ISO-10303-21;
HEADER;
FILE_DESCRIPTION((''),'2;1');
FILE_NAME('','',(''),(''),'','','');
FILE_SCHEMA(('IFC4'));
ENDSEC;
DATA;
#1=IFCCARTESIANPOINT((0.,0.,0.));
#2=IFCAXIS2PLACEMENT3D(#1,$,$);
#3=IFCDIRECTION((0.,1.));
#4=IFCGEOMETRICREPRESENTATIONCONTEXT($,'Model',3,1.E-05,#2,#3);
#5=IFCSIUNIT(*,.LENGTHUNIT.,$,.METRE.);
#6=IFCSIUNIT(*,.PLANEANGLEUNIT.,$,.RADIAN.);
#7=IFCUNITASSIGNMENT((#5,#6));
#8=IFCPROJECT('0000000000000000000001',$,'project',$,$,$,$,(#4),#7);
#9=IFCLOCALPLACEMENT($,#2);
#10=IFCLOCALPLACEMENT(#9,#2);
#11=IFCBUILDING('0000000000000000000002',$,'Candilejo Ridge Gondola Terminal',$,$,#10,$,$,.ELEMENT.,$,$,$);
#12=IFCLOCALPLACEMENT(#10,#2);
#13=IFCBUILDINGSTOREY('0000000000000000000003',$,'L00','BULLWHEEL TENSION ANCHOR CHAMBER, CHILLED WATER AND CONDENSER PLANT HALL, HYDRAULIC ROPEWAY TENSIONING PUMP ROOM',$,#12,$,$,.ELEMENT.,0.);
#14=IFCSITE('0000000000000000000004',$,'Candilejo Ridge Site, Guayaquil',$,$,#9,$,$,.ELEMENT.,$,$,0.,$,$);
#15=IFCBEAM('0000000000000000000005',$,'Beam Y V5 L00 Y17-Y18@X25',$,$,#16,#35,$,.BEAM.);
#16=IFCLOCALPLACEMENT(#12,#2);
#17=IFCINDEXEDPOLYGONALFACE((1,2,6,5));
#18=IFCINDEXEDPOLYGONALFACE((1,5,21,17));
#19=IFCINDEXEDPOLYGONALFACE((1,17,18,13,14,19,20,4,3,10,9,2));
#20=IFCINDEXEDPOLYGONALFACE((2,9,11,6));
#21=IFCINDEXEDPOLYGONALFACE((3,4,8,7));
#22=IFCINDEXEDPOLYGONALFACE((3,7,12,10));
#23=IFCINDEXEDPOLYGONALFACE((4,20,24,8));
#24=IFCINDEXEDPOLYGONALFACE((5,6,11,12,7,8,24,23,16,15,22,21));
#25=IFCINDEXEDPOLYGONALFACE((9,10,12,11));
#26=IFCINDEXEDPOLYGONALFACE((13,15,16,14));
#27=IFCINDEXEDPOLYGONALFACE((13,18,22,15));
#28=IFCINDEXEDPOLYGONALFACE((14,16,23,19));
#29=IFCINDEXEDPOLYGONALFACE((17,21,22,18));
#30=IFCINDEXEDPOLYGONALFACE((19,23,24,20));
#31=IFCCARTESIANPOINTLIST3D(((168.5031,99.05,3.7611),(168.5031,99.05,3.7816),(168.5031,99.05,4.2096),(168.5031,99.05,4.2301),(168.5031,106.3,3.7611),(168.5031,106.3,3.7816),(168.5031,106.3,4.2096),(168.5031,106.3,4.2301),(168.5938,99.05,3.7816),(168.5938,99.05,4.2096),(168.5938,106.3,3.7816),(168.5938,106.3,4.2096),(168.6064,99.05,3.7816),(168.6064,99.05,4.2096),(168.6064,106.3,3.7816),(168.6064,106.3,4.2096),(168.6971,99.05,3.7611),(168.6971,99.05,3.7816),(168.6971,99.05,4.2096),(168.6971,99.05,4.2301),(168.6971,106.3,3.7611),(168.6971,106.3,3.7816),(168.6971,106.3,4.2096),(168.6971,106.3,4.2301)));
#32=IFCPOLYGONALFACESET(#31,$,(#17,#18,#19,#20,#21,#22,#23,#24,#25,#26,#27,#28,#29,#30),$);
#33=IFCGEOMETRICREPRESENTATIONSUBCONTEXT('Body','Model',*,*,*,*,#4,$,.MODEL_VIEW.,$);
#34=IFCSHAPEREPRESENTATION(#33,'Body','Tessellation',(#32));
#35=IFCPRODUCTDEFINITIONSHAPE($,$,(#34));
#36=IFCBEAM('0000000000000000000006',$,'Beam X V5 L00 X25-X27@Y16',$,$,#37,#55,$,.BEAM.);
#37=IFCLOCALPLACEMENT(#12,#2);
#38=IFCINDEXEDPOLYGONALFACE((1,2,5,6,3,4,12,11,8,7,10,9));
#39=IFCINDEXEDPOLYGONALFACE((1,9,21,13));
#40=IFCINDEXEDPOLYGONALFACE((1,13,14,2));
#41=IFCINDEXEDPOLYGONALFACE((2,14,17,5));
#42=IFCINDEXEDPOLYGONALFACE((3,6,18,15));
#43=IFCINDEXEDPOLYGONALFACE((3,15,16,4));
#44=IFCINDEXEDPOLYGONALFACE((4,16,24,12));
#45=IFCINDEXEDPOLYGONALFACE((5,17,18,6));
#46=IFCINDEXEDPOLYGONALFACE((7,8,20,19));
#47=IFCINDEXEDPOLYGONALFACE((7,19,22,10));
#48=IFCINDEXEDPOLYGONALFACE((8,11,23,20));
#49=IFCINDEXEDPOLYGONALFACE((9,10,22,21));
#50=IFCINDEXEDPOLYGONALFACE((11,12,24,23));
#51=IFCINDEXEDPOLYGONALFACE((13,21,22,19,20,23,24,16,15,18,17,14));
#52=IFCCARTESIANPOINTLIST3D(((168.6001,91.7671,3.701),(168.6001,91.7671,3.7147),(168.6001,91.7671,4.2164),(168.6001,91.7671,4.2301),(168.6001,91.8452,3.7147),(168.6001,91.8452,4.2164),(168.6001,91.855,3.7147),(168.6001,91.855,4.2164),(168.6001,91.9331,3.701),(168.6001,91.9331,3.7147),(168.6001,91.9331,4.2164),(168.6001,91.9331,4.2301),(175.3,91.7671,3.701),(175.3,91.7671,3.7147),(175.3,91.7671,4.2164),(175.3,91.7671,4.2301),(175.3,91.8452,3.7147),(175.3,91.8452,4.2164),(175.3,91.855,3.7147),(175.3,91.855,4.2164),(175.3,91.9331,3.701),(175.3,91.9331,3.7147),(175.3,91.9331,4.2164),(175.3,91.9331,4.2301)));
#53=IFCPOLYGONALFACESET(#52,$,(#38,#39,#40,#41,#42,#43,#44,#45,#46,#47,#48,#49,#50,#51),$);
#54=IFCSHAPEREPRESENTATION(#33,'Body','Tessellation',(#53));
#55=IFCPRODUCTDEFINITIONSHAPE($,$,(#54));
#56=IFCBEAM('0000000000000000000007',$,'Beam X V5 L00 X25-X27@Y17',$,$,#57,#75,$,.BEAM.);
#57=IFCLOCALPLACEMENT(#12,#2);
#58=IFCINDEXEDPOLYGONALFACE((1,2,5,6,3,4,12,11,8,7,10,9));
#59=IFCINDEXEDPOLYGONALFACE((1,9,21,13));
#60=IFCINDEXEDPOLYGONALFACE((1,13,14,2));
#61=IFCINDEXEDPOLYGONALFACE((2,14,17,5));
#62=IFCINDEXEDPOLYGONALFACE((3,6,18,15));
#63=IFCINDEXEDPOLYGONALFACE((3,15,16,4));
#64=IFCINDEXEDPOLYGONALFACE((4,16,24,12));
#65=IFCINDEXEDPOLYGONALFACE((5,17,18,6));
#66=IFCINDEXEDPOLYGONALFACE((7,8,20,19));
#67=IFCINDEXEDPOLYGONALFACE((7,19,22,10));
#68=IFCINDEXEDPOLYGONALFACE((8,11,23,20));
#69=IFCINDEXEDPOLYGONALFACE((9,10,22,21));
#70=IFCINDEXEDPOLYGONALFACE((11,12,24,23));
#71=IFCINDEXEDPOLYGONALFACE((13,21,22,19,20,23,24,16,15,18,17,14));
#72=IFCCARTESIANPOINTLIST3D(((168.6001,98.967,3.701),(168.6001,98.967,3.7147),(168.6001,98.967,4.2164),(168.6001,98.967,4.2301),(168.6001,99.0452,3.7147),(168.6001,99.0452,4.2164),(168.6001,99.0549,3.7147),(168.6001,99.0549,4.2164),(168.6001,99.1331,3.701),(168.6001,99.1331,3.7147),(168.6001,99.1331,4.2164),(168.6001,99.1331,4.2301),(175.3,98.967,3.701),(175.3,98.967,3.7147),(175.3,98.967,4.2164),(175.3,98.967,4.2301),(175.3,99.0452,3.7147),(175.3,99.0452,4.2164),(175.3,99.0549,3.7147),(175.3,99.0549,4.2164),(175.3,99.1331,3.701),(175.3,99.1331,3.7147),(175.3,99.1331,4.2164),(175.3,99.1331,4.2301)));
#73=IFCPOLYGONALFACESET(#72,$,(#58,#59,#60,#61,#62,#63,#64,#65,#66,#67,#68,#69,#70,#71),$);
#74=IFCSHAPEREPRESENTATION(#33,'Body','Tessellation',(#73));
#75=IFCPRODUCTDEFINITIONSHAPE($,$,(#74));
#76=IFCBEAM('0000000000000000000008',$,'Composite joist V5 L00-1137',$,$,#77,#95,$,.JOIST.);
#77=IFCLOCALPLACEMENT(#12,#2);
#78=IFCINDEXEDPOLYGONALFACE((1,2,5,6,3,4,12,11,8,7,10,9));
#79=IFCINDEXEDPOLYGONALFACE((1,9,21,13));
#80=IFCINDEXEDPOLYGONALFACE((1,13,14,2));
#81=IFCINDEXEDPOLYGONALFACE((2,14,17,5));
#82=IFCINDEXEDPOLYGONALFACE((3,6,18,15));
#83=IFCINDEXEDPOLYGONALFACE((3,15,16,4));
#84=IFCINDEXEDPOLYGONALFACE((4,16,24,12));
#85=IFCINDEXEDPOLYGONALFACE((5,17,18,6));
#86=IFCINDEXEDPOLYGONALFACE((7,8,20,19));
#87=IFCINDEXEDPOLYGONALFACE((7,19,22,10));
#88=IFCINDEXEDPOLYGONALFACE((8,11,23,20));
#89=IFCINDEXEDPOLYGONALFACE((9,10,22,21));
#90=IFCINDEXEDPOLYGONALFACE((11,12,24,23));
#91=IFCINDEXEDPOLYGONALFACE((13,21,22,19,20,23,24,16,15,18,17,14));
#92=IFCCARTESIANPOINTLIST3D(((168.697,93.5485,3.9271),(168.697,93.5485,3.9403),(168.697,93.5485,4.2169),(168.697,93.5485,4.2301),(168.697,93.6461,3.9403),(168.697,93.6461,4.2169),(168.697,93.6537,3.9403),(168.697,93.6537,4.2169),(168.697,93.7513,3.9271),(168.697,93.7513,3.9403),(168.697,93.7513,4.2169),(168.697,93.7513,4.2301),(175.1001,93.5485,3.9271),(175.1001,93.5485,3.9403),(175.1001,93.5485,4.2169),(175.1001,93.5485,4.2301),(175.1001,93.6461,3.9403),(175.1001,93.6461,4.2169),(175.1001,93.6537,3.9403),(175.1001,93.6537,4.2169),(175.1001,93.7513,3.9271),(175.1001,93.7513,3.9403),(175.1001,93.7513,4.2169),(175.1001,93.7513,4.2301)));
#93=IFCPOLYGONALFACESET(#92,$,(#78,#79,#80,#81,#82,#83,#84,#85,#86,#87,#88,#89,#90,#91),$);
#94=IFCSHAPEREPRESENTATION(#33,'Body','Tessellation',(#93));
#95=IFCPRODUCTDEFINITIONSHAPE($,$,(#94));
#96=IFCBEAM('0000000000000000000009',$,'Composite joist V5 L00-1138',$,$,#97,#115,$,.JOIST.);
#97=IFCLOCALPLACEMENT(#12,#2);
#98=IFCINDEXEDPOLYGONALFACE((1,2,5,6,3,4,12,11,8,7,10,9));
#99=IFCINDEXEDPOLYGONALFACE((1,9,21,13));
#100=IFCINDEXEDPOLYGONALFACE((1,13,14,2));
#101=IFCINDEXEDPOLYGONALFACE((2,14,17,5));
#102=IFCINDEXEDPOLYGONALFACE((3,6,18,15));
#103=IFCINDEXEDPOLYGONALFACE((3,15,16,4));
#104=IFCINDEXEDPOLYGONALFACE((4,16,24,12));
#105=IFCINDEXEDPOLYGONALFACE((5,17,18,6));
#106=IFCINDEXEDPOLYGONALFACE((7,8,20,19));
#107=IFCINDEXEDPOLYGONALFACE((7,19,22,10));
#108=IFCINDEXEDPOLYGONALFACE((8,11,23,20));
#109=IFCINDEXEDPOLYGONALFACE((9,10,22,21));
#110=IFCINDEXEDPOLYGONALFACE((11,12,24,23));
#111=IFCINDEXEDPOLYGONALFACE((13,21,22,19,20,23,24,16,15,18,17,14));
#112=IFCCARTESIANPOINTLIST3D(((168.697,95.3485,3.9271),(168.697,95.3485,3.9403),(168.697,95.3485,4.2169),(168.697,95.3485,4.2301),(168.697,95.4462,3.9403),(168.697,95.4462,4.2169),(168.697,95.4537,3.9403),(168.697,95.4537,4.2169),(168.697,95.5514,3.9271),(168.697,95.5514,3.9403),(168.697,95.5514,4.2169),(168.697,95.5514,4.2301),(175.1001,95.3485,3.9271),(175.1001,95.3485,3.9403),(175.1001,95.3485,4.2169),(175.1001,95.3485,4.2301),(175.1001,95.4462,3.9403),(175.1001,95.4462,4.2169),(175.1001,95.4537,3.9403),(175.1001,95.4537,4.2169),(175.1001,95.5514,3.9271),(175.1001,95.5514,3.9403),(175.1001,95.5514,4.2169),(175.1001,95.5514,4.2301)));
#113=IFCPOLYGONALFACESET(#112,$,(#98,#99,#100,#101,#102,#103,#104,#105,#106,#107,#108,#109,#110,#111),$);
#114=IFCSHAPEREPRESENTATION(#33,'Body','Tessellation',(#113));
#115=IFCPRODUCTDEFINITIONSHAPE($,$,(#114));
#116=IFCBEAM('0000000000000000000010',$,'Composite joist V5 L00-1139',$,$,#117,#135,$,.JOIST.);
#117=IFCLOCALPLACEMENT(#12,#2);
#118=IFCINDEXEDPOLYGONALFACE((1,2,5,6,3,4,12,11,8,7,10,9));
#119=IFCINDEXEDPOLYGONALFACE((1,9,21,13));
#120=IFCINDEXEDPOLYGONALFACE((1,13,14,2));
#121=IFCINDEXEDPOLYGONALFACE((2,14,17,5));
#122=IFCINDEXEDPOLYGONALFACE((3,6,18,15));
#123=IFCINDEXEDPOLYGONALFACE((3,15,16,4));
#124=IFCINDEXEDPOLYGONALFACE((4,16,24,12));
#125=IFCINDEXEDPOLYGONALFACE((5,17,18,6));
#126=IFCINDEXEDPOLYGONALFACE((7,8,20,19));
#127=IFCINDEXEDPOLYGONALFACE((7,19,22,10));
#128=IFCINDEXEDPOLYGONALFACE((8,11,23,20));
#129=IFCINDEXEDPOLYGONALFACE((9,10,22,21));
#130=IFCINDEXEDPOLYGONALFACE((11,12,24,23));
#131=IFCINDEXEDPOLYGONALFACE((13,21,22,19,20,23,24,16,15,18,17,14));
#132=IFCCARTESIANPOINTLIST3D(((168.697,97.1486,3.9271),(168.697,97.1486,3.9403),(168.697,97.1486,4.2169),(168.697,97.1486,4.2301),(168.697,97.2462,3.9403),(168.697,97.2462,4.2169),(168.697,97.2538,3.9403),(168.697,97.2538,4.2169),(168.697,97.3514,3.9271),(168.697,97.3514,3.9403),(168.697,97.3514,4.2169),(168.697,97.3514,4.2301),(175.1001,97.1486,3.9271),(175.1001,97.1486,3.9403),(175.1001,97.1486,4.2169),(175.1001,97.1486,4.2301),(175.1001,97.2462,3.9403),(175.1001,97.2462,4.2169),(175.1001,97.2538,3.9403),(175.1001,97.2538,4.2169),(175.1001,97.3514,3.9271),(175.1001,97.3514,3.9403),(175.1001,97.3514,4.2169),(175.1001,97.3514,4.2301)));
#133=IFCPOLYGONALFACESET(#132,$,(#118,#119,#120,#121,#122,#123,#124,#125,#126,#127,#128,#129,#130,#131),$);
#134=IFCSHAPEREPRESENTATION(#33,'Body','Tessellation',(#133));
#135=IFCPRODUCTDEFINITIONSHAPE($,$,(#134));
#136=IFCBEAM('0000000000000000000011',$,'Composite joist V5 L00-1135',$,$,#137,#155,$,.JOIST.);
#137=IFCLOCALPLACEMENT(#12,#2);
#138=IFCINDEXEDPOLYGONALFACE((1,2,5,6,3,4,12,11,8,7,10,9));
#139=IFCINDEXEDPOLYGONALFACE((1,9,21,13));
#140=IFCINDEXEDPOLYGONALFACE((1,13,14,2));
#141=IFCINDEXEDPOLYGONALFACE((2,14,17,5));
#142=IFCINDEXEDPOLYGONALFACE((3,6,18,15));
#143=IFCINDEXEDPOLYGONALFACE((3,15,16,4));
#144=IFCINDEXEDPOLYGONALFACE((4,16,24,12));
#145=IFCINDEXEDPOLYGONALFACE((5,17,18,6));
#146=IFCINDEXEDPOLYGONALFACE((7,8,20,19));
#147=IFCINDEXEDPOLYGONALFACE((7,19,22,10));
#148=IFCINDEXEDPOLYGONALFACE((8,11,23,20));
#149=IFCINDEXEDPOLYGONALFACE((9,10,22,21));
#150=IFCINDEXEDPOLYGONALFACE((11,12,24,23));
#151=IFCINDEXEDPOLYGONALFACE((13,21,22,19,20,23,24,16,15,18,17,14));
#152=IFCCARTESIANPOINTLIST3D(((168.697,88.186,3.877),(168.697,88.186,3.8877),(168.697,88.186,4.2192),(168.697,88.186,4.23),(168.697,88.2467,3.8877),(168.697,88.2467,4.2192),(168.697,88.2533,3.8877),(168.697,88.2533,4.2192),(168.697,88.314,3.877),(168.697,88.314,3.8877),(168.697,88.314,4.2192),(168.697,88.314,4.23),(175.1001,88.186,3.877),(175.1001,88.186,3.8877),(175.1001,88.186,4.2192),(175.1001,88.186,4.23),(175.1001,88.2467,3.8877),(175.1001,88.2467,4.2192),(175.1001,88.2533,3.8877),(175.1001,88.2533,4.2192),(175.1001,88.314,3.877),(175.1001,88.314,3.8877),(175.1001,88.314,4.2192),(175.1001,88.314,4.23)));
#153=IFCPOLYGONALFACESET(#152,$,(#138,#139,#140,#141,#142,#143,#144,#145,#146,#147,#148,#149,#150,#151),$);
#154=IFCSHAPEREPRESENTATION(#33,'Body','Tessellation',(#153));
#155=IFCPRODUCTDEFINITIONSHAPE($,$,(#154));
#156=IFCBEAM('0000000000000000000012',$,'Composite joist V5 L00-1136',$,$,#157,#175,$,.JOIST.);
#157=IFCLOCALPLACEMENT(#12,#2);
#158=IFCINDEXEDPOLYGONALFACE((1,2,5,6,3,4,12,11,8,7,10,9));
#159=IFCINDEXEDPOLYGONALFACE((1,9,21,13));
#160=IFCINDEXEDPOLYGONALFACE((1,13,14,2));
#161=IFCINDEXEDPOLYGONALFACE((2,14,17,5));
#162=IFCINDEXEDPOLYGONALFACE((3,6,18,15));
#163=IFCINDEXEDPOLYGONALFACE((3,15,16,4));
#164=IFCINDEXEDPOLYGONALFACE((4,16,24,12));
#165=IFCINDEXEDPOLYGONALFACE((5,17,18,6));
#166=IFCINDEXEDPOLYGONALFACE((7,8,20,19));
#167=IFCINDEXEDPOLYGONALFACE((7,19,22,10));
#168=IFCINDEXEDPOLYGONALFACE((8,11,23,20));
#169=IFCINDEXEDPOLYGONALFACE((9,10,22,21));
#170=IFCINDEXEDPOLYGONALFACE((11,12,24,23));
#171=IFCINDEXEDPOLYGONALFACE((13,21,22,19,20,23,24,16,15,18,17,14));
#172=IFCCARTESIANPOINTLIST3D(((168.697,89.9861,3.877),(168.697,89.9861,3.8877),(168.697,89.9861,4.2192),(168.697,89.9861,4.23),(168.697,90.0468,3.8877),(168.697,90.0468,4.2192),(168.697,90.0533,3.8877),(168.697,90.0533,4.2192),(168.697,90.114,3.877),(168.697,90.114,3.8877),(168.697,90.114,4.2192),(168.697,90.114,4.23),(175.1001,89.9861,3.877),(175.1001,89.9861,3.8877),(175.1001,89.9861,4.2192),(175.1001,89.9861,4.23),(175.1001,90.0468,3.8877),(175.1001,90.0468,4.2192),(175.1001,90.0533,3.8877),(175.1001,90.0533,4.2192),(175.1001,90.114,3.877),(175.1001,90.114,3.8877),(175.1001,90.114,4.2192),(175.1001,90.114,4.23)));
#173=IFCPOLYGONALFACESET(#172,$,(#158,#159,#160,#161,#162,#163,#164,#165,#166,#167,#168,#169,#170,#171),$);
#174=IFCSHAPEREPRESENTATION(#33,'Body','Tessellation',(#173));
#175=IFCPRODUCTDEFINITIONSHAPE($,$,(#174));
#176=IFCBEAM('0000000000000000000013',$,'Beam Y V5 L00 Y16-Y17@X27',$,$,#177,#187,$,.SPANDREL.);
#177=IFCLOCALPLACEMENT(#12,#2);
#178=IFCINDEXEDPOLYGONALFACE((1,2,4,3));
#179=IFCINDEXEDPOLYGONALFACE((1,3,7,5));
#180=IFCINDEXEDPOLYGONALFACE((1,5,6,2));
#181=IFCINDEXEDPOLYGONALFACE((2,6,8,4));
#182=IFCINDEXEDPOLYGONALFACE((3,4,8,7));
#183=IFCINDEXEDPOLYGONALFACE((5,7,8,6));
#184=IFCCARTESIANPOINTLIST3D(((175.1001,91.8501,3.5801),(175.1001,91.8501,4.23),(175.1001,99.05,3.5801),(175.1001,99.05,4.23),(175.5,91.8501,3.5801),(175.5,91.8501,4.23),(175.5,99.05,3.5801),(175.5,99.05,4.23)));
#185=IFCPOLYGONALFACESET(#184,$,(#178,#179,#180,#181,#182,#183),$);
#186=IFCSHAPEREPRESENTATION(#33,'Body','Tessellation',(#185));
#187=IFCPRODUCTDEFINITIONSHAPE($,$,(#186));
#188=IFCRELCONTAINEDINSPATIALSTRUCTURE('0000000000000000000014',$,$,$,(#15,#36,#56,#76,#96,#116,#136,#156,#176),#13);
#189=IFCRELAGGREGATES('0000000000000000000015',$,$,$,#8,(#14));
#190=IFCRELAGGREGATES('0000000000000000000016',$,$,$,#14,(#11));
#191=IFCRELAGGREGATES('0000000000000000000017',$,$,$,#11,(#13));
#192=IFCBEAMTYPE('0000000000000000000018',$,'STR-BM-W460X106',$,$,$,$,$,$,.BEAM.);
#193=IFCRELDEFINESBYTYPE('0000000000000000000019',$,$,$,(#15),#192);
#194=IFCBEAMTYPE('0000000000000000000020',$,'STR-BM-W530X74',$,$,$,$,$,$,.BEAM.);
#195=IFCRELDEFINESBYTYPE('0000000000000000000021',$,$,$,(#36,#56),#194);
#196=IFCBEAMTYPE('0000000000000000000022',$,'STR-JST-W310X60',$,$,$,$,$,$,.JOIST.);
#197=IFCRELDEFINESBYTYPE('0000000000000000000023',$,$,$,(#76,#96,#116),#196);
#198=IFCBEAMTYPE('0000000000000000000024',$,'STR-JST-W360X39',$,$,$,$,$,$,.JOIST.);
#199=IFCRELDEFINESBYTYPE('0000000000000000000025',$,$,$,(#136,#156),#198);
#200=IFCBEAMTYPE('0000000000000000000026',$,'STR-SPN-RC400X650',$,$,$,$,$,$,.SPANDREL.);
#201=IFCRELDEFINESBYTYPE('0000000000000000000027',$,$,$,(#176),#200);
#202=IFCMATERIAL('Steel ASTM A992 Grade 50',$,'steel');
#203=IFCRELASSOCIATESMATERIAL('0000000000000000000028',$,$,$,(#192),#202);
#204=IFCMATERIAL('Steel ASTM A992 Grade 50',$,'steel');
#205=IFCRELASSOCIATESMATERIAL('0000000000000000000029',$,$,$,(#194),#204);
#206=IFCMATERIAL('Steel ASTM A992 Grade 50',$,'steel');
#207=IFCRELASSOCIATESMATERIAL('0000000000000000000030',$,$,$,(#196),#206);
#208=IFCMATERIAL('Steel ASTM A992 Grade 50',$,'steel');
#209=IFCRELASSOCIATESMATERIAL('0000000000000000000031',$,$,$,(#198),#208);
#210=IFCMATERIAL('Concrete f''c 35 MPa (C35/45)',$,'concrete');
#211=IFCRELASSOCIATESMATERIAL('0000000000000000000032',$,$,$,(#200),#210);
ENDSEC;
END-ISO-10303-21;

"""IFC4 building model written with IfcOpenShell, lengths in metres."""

from ifc_helpers import new_model, si_unit, direction, frame, origin, origin_2d, place, context, subcontext, project, spatial, rectangle, i_section, extrude, material, material_profile, profile_set, type_object, element, save


model = new_model("IFC4")

# Units and contexts
model_context = context("Model", 3, precision=1e-05, world=origin(), true_north=direction((0.0, 1.0)))
body_context = subcontext(model_context, "Body", "Model", "MODEL_VIEW")
ifc_project = project(units=[si_unit("LENGTHUNIT", "METRE"), si_unit("PLANEANGLEUNIT", "RADIAN")], contexts=[model_context])

# Site, building, storey
site_placement = place(None, origin())
site = spatial("IfcSite", under=ifc_project, at=site_placement, Name="Candilejo Ridge Site, Guayaquil", CompositionType="ELEMENT", RefElevation=0.0)
building_placement = place(site_placement, origin())
building = spatial("IfcBuilding", under=site, at=building_placement, Name="Candilejo Ridge Gondola Terminal", CompositionType="ELEMENT")
storey_placement = place(building_placement, origin())
storey = spatial("IfcBuildingStorey", under=building, at=storey_placement, Name="L00", Description="BULLWHEEL TENSION ANCHOR CHAMBER, CHILLED WATER AND CONDENSER PLANT HALL, HYDRAULIC ROPEWAY TENSIONING PUMP ROOM", CompositionType="ELEMENT", Elevation=0.0)

# Beams
ifc_material_1 = material(Name="Steel ASTM A992 Grade 50", Category="steel")
ifc_material_profile_1 = material_profile(ifc_material_1, i_section(OverallWidth=0.1941, OverallDepth=0.469, WebThickness=0.0127, FlangeThickness=0.0205, at=origin_2d()))
ifc_profile_set_1 = profile_set([ifc_material_profile_1], Name="Steel ASTM A992 Grade 50")
beam_type_1 = type_object("IfcBeamType", Name="STR-BM-W460X106", PredefinedType="BEAM", material=ifc_profile_set_1)
beam_1_placement = place(storey_placement, frame((168.6001, 99.05, 3.9956), z_axis=(0.0, 1.0, 0.0), x_axis=(-1.0, 0.0, 0.0)))
element("IfcBeam", 1, at=beam_1_placement, inside=storey, type_object=beam_type_1, Name="Beam Y V5 L00 Y17-Y18@X25", PredefinedType="BEAM", context=body_context, shape_type="SweptSolid", body=[
    extrude(i_section(OverallWidth=0.1941, OverallDepth=0.469, WebThickness=0.0127, FlangeThickness=0.0205, at=origin_2d()), origin(), (0.0, 0.0, 1.0), 7.25),
])
ifc_material_2 = material(Name="Steel ASTM A992 Grade 50", Category="steel")
ifc_material_profile_2 = material_profile(ifc_material_2, i_section(OverallWidth=0.166, OverallDepth=0.5291, WebThickness=0.0098, FlangeThickness=0.0137, at=origin_2d()))
ifc_profile_set_2 = profile_set([ifc_material_profile_2], Name="Steel ASTM A992 Grade 50")
beam_type_2 = type_object("IfcBeamType", Name="STR-BM-W530X74", PredefinedType="BEAM", material=ifc_profile_set_2)
for number, where, z_axis, x_axis, name in (
    (2, (168.6001, 91.8501, 3.9656), (1.0, 0.0, 0.0), (0.0, 1.0, 0.0), "Beam X V5 L00 X25-X27@Y16"),
    (3, (168.6001, 99.05, 3.9656), (1.0, 0.0, 0.0), (0.0, 1.0, 0.0), "Beam X V5 L00 X25-X27@Y17"),
):
    element("IfcBeam", number, at=place(storey_placement, frame(where, z_axis=z_axis, x_axis=x_axis)), inside=storey, type_object=beam_type_2, Name=name, PredefinedType="BEAM", context=body_context, shape_type="SweptSolid", body=[
        extrude(i_section(OverallWidth=0.166, OverallDepth=0.5291, WebThickness=0.0098, FlangeThickness=0.0137, at=origin_2d()), origin(), (0.0, 0.0, 1.0), 6.7),
    ])
ifc_material_3 = material(Name="Steel ASTM A992 Grade 50", Category="steel")
ifc_material_profile_3 = material_profile(ifc_material_3, i_section(OverallWidth=0.2029, OverallDepth=0.303, WebThickness=0.0076, FlangeThickness=0.0132, at=origin_2d()))
ifc_profile_set_3 = profile_set([ifc_material_profile_3], Name="Steel ASTM A992 Grade 50")
beam_type_3 = type_object("IfcBeamType", Name="STR-JST-W310X60", PredefinedType="JOIST", material=ifc_profile_set_3)
for number, where, z_axis, x_axis, name in (
    (4, (168.697, 93.6499, 4.0786), (1.0, 0.0, 0.0), (0.0, 1.0, 0.0), "Composite joist V5 L00-1137"),
    (5, (168.697, 95.45, 4.0786), (1.0, 0.0, 0.0), (0.0, 1.0, 0.0), "Composite joist V5 L00-1138"),
    (6, (168.697, 97.25, 4.0786), (1.0, 0.0, 0.0), (0.0, 1.0, 0.0), "Composite joist V5 L00-1139"),
):
    element("IfcBeam", number, at=place(storey_placement, frame(where, z_axis=z_axis, x_axis=x_axis)), inside=storey, type_object=beam_type_3, Name=name, PredefinedType="JOIST", context=body_context, shape_type="SweptSolid", body=[
        extrude(i_section(OverallWidth=0.2029, OverallDepth=0.303, WebThickness=0.0076, FlangeThickness=0.0132, at=origin_2d()), origin(), (0.0, 0.0, 1.0), 6.4031),
    ])
ifc_material_4 = material(Name="Steel ASTM A992 Grade 50", Category="steel")
ifc_material_profile_4 = material_profile(ifc_material_4, i_section(OverallWidth=0.1279, OverallDepth=0.353, WebThickness=0.0066, FlangeThickness=0.0107, at=origin_2d()))
ifc_profile_set_4 = profile_set([ifc_material_profile_4], Name="Steel ASTM A992 Grade 50")
beam_type_4 = type_object("IfcBeamType", Name="STR-JST-W360X39", PredefinedType="JOIST", material=ifc_profile_set_4)
for number, where, z_axis, x_axis, name in (
    (7, (168.697, 88.25, 4.0535), (1.0, 0.0, 0.0), (0.0, 1.0, 0.0), "Composite joist V5 L00-1135"),
    (8, (168.697, 90.05, 4.0535), (1.0, 0.0, 0.0), (0.0, 1.0, 0.0), "Composite joist V5 L00-1136"),
):
    element("IfcBeam", number, at=place(storey_placement, frame(where, z_axis=z_axis, x_axis=x_axis)), inside=storey, type_object=beam_type_4, Name=name, PredefinedType="JOIST", context=body_context, shape_type="SweptSolid", body=[
        extrude(i_section(OverallWidth=0.1279, OverallDepth=0.353, WebThickness=0.0066, FlangeThickness=0.0107, at=origin_2d()), origin(), (0.0, 0.0, 1.0), 6.4031),
    ])
ifc_material_5 = material(Name="Concrete f'c 35 MPa (C35/45)", Category="concrete")
ifc_material_profile_5 = material_profile(ifc_material_5, rectangle(XDim=0.3999, YDim=0.6499, at=origin_2d()))
ifc_profile_set_5 = profile_set([ifc_material_profile_5], Name="Concrete f'c 35 MPa (C35/45)")
beam_type_5 = type_object("IfcBeamType", Name="STR-SPN-RC400X650", PredefinedType="SPANDREL", material=ifc_profile_set_5)
beam_2_placement = place(storey_placement, frame((175.3, 91.8501, 3.905), z_axis=(0.0, 1.0, 0.0), x_axis=(-1.0, 0.0, 0.0)))
element("IfcBeam", 9, at=beam_2_placement, inside=storey, type_object=beam_type_5, Name="Beam Y V5 L00 Y16-Y17@X27", PredefinedType="SPANDREL", context=body_context, shape_type="SweptSolid", body=[
    extrude(rectangle(XDim=0.3999, YDim=0.6499, at=origin_2d()), origin(), (0.0, 0.0, 1.0), 7.2),
])

save(model, "model.ifc")
